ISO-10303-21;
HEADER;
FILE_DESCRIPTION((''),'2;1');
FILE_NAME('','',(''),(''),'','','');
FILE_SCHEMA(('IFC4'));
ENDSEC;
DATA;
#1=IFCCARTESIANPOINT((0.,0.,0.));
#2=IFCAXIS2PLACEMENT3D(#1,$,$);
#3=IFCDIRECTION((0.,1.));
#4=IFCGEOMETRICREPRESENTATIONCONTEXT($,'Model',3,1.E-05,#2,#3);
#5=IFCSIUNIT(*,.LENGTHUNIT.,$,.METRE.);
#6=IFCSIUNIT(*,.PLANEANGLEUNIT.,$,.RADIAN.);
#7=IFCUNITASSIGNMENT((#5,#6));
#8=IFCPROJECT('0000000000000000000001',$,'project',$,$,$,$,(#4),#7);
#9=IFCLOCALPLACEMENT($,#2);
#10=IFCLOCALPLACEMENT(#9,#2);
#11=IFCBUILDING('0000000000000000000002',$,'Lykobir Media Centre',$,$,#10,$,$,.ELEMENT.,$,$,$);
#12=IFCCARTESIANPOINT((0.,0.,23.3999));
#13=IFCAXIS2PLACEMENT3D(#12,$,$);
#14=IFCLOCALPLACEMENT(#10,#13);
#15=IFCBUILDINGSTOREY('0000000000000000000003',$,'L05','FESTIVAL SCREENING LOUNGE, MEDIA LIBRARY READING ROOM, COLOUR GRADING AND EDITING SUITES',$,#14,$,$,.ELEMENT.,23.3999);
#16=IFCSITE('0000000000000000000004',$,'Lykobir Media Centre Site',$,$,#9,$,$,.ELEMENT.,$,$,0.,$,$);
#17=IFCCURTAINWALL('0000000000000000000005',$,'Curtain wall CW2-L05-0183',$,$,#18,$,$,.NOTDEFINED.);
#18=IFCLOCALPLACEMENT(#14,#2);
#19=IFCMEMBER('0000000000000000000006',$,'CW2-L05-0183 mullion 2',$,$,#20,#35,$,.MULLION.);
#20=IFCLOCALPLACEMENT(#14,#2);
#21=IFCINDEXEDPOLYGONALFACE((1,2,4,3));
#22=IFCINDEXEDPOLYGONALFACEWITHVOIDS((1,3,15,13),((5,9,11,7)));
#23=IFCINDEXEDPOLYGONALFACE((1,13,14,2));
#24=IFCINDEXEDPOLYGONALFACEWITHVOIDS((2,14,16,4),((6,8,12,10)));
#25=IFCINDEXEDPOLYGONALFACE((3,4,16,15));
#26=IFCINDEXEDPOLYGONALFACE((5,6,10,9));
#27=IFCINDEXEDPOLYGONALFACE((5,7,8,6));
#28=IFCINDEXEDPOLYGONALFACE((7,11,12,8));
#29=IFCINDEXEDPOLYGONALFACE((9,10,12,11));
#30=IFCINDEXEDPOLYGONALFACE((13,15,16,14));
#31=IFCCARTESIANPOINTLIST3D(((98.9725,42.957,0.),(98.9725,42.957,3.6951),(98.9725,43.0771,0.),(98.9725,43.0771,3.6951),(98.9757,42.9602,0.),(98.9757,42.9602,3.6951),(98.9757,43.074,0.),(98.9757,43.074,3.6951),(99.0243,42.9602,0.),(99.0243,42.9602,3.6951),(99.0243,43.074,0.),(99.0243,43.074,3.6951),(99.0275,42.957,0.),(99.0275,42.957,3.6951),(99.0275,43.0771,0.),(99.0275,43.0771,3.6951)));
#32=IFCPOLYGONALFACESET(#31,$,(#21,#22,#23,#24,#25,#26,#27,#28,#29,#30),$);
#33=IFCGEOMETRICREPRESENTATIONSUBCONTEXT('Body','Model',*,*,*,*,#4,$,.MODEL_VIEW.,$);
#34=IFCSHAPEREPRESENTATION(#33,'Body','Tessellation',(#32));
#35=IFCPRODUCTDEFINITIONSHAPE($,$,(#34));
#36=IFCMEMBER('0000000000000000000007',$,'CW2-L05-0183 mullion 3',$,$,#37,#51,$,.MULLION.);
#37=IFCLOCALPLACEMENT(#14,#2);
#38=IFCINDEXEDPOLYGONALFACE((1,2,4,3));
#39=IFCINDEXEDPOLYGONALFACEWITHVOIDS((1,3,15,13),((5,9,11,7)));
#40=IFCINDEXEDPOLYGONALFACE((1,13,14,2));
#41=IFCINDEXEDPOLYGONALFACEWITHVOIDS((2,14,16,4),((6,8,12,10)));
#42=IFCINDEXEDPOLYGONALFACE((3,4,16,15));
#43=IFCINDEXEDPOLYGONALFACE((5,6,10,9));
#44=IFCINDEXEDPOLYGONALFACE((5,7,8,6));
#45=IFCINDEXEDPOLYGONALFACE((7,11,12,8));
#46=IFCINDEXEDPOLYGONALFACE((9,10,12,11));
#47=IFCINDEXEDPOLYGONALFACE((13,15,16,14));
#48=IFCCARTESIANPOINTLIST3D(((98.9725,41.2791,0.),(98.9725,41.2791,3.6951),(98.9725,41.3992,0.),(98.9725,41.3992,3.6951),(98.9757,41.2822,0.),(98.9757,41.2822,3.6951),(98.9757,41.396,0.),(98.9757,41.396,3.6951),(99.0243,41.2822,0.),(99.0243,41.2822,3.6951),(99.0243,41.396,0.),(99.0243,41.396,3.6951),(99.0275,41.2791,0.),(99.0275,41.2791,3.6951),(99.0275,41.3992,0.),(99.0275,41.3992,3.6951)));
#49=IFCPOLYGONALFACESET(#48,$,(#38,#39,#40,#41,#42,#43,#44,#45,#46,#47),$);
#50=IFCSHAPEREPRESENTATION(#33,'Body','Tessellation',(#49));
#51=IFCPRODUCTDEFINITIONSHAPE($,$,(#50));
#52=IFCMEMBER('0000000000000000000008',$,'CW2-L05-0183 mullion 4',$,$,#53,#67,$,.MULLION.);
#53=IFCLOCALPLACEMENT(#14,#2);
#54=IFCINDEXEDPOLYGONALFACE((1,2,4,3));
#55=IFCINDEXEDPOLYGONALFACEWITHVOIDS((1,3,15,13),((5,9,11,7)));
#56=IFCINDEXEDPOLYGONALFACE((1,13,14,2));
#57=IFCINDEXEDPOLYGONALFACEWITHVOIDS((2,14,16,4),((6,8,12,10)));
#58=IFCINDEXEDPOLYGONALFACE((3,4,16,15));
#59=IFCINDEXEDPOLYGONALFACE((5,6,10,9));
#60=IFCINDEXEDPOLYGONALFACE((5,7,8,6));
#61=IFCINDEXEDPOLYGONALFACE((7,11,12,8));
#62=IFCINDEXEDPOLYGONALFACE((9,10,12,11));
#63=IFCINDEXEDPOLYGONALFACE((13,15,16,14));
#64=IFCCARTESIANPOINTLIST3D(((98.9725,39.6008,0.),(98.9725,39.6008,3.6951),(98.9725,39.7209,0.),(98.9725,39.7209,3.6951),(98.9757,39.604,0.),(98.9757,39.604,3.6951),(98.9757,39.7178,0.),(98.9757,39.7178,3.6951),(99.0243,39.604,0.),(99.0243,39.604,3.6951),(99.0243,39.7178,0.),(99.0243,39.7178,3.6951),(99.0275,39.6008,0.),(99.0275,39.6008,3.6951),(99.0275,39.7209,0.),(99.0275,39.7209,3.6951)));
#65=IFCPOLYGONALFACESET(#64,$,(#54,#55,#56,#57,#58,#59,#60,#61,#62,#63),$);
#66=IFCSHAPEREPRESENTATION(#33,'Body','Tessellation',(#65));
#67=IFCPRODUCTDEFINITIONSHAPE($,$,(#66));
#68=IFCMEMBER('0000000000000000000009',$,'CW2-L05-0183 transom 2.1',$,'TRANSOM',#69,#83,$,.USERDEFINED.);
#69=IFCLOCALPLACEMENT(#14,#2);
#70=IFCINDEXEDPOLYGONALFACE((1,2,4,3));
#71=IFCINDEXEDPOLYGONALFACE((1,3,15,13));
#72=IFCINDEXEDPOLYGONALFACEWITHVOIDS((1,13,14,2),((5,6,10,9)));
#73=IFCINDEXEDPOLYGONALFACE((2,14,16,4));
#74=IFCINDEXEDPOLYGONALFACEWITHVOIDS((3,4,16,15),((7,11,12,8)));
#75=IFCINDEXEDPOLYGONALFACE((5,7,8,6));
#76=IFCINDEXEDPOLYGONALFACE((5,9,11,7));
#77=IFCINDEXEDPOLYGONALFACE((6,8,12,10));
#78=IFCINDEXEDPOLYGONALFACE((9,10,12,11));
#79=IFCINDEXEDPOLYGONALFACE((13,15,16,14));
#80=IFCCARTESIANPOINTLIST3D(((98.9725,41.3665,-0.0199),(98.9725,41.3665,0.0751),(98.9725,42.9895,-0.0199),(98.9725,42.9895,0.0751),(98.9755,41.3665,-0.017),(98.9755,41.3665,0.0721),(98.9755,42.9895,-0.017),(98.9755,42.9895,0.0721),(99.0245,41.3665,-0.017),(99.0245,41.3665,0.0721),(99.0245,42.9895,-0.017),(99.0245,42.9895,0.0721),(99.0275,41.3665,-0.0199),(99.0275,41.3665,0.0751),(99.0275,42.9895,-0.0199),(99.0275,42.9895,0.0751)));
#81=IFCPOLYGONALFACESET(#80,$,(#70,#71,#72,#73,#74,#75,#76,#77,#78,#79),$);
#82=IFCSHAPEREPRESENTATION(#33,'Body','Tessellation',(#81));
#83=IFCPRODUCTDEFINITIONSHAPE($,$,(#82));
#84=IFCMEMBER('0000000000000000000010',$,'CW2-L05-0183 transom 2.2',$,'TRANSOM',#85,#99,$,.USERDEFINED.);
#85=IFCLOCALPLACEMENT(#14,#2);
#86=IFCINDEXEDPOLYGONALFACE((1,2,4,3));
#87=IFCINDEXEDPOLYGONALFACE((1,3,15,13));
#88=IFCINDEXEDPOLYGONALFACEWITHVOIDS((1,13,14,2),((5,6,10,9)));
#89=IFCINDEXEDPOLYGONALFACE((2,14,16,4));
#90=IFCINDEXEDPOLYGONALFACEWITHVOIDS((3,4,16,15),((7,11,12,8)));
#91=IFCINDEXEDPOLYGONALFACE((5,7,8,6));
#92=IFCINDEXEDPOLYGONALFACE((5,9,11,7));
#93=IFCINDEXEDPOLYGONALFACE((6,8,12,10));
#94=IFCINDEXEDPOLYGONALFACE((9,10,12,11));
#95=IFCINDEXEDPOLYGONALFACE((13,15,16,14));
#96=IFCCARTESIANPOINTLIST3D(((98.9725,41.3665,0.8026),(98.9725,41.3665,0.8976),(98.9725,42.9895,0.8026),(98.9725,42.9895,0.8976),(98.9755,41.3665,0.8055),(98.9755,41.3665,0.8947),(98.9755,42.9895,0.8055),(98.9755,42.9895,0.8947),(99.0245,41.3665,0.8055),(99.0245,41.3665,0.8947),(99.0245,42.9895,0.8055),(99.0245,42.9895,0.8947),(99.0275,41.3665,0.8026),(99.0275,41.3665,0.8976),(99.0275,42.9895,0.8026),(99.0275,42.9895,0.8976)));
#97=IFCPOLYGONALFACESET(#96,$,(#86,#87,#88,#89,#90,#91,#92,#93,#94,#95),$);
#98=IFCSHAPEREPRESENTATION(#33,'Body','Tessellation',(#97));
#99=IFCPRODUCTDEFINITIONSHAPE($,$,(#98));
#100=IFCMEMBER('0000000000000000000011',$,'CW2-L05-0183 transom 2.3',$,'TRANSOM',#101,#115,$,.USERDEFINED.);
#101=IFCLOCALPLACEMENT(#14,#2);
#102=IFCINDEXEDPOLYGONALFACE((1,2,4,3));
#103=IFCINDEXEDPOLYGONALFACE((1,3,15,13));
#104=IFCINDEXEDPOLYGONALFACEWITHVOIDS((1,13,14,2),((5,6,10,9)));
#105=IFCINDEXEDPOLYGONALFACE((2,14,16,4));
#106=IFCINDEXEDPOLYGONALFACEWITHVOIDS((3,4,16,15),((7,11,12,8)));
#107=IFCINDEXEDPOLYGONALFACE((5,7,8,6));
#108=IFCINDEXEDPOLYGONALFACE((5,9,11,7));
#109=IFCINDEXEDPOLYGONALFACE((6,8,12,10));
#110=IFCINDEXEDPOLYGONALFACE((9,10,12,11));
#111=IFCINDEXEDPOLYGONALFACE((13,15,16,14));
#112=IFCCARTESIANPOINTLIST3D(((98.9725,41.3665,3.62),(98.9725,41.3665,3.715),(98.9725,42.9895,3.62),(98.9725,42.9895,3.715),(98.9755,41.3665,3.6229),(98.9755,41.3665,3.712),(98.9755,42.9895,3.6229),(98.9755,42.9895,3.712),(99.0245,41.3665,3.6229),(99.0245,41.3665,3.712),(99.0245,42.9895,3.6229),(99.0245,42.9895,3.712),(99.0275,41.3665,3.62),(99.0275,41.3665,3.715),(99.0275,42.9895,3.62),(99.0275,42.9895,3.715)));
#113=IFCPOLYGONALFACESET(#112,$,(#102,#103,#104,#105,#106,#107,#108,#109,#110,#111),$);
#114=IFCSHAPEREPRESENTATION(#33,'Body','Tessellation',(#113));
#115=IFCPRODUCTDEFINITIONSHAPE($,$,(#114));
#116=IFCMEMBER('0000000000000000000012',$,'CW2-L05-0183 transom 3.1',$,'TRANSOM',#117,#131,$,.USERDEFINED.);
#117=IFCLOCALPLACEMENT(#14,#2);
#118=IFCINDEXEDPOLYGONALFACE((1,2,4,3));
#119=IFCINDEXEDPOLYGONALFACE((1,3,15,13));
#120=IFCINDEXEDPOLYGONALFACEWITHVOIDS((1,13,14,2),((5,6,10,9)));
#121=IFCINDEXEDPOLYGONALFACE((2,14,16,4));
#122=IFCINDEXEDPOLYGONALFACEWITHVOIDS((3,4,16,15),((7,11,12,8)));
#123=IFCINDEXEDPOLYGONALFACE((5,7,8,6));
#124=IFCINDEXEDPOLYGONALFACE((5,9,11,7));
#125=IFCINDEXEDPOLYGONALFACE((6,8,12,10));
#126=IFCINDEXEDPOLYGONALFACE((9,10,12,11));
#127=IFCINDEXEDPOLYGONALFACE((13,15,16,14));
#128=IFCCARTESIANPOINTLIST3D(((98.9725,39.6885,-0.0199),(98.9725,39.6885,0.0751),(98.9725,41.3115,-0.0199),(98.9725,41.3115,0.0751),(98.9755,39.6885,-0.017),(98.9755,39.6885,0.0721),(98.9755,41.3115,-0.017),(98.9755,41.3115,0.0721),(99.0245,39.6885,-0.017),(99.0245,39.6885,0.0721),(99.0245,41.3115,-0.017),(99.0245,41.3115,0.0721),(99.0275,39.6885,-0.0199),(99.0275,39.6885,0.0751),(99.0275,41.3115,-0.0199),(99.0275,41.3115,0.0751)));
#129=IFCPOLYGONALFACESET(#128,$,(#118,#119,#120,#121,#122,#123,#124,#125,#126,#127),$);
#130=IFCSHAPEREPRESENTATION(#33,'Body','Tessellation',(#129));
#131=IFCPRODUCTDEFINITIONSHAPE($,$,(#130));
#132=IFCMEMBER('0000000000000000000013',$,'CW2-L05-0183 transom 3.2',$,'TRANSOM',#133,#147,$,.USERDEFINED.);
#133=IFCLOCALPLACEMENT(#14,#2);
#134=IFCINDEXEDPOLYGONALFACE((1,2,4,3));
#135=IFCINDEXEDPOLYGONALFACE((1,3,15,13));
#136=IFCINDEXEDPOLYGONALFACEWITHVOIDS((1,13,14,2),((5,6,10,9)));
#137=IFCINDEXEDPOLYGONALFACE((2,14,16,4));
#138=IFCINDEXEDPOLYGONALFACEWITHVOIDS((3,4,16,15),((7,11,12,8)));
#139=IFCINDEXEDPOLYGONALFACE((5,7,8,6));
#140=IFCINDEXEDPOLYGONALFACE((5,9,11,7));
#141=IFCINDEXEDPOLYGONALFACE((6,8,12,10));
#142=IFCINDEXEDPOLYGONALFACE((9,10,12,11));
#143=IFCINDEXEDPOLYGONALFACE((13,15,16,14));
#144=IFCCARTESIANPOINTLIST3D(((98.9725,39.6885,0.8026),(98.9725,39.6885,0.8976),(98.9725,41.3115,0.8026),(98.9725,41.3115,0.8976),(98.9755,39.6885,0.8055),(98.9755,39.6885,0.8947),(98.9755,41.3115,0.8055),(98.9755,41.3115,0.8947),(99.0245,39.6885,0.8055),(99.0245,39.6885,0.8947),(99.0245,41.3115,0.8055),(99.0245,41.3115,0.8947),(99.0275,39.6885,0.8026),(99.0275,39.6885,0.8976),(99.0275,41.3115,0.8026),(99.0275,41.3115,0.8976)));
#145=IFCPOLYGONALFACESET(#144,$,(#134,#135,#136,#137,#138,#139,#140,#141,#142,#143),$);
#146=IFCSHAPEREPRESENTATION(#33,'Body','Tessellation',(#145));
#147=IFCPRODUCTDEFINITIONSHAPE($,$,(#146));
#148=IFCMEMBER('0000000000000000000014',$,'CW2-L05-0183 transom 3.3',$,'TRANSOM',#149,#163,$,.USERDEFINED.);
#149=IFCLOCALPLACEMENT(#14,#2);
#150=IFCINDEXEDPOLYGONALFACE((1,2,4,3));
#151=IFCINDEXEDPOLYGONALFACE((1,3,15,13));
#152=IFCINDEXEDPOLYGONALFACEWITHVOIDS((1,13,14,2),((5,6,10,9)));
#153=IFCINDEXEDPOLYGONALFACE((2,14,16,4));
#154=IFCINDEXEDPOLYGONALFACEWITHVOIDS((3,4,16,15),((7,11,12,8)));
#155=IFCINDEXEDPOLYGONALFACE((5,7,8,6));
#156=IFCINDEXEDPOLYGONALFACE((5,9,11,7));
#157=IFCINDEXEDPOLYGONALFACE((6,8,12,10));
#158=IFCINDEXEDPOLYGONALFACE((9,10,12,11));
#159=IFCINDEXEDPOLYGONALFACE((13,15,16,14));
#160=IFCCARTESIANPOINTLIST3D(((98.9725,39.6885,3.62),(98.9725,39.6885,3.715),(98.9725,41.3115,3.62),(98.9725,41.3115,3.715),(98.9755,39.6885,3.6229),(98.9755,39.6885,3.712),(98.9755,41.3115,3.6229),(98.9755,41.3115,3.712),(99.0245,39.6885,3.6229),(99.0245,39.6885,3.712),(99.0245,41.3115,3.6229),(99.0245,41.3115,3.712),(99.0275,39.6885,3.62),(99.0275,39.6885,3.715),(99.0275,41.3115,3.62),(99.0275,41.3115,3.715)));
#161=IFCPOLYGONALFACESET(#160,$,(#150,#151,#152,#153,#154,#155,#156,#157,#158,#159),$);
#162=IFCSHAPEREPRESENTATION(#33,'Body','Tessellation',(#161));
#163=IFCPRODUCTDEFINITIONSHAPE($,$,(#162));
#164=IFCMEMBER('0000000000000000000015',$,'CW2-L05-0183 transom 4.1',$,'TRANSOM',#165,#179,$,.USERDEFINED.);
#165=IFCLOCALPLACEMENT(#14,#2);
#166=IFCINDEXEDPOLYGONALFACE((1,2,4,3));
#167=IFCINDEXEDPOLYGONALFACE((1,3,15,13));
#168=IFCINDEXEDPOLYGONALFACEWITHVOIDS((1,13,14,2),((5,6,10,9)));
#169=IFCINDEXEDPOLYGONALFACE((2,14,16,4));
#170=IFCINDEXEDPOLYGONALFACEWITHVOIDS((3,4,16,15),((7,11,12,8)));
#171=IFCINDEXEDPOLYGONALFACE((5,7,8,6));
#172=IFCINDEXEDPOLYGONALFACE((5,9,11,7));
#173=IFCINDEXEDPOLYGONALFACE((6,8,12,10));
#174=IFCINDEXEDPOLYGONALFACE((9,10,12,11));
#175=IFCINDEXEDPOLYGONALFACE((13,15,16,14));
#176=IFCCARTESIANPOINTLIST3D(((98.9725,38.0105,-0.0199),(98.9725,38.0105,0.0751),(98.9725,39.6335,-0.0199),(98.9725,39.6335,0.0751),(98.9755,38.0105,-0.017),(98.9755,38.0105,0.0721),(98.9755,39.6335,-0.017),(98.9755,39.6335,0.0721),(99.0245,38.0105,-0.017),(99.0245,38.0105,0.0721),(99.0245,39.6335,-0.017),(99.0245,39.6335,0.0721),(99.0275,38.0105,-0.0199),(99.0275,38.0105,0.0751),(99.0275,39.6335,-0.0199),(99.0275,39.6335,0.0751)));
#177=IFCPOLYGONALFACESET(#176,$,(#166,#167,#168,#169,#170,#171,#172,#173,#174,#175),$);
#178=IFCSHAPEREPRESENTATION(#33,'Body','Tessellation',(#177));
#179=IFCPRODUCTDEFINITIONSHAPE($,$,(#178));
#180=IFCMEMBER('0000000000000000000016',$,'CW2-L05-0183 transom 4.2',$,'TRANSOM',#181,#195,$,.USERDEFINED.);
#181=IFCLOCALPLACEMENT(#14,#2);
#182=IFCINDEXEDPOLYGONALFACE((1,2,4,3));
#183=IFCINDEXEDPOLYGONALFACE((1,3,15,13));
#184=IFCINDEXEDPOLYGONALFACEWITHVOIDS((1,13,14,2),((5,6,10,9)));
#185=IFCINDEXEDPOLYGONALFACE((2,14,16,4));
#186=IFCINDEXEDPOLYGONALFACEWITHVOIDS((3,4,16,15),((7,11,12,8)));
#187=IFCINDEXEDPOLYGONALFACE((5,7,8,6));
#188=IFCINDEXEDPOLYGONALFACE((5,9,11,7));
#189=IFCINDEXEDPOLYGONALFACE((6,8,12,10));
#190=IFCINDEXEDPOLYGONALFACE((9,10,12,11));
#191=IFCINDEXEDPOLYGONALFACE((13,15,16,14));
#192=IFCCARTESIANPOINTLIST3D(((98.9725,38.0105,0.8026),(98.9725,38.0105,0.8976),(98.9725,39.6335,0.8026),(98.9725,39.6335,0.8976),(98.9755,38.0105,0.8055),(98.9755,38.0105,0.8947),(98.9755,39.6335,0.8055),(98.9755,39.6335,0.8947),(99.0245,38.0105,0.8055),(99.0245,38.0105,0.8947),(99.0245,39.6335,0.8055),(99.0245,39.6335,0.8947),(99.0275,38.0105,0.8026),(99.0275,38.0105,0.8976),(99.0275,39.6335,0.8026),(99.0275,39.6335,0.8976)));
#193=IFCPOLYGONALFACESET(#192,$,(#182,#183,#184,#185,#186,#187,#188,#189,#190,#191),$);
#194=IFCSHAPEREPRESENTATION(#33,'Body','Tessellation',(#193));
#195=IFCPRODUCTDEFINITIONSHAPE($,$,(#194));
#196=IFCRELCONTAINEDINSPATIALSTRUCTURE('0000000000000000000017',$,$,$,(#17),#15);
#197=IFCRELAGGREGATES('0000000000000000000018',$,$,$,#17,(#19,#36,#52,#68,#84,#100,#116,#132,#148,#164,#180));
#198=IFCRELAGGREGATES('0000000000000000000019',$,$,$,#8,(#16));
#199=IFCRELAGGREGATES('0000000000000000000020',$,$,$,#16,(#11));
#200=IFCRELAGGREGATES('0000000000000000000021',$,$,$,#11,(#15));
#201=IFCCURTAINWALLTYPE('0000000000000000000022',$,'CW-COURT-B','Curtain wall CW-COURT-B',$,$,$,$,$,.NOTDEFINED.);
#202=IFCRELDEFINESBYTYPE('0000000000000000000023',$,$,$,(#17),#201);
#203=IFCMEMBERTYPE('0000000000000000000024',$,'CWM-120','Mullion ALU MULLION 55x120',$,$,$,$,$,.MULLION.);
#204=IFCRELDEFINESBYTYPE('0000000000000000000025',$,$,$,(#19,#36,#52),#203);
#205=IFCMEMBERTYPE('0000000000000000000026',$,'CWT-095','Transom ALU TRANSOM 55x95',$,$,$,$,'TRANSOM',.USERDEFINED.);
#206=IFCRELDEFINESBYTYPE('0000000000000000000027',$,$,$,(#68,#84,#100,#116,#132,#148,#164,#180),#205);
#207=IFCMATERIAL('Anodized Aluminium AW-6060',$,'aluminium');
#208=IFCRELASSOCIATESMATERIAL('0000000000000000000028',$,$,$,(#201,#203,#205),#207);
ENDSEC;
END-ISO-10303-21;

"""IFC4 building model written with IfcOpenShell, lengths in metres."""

from ifc_helpers import new_model, si_unit, direction, frame, origin, origin_2d, place, context, subcontext, project, spatial, hollow_rectangle, extrude, material, material_profile, profile_set, type_object, element, aggregate, save


model = new_model("IFC4")

# Units and contexts
model_context = context("Model", 3, precision=1e-05, world=origin(), true_north=direction((0.0, 1.0)))
body_context = subcontext(model_context, "Body", "Model", "MODEL_VIEW")
ifc_project = project(units=[si_unit("LENGTHUNIT", "METRE"), si_unit("PLANEANGLEUNIT", "RADIAN")], contexts=[model_context])

# Site, building, storey
site_placement = place(None, origin())
site = spatial("IfcSite", under=ifc_project, at=site_placement, Name="Lykobir Media Centre Site", CompositionType="ELEMENT", RefElevation=0.0)
building_placement = place(site_placement, origin())
building = spatial("IfcBuilding", under=site, at=building_placement, Name="Lykobir Media Centre", CompositionType="ELEMENT")
storey_placement = place(building_placement, frame((0.0, 0.0, 23.3999)))
storey = spatial("IfcBuildingStorey", under=building, at=storey_placement, Name="L05", Description="FESTIVAL SCREENING LOUNGE, MEDIA LIBRARY READING ROOM, COLOUR GRADING AND EDITING SUITES", CompositionType="ELEMENT", Elevation=23.3999)

# Curtain wall, members
ifc_material_1 = material(Name="Anodized Aluminium AW-6060", Category="aluminium")
curtain_wall_type = type_object("IfcCurtainWallType", Name="CW-COURT-B", Description="Curtain wall CW-COURT-B", PredefinedType="NOTDEFINED", material=ifc_material_1)
curtain_wall_placement = place(storey_placement, origin())
curtain_wall = element("IfcCurtainWall", 1, at=curtain_wall_placement, inside=storey, type_object=curtain_wall_type, Name="Curtain wall CW2-L05-0183", PredefinedType="NOTDEFINED")
ifc_material_profile_1 = material_profile(ifc_material_1, hollow_rectangle(XDim=0.0549, YDim=0.1201, WallThickness=0.0032, at=origin_2d()), Name="ALU MULLION 55x120")
ifc_profile_set_1 = profile_set([ifc_material_profile_1], Name="Anodized Aluminium AW-6060")
member_type_1 = type_object("IfcMemberType", Name="CWM-120", Description="Mullion ALU MULLION 55x120", PredefinedType="MULLION", material=ifc_profile_set_1)
member_1_placement = place(storey_placement, frame((99.0, 43.0171, 0.0), z_axis=(0.0, 0.0, 1.0), x_axis=(1.0, 0.0, 0.0)))
member_1 = element("IfcMember", 2, at=member_1_placement, type_object=member_type_1, Name="CW2-L05-0183 mullion 2", PredefinedType="MULLION", context=body_context, shape_type="SweptSolid", body=[
    extrude(hollow_rectangle(XDim=0.0549, YDim=0.1201, WallThickness=0.0032, at=origin_2d()), origin(), (0.0, 0.0, 1.0), 3.6951),
])
member_2_placement = place(storey_placement, frame((99.0, 41.3391, 0.0), z_axis=(0.0, 0.0, 1.0), x_axis=(1.0, 0.0, 0.0)))
member_2 = element("IfcMember", 3, at=member_2_placement, type_object=member_type_1, Name="CW2-L05-0183 mullion 3", PredefinedType="MULLION", context=body_context, shape_type="SweptSolid", body=[
    extrude(hollow_rectangle(XDim=0.0549, YDim=0.1201, WallThickness=0.0032, at=origin_2d()), origin(), (0.0, 0.0, 1.0), 3.6951),
])
member_3_placement = place(storey_placement, frame((99.0, 39.6609, 0.0), z_axis=(0.0, 0.0, 1.0), x_axis=(1.0, 0.0, 0.0)))
member_3 = element("IfcMember", 4, at=member_3_placement, type_object=member_type_1, Name="CW2-L05-0183 mullion 4", PredefinedType="MULLION", context=body_context, shape_type="SweptSolid", body=[
    extrude(hollow_rectangle(XDim=0.0549, YDim=0.1201, WallThickness=0.0032, at=origin_2d()), origin(), (0.0, 0.0, 1.0), 3.6951),
])
ifc_material_profile_2 = material_profile(ifc_material_1, hollow_rectangle(XDim=0.0549, YDim=0.095, WallThickness=0.0029, at=origin_2d()), Name="ALU TRANSOM 55x95")
ifc_profile_set_2 = profile_set([ifc_material_profile_2], Name="Anodized Aluminium AW-6060")
member_type_2 = type_object("IfcMemberType", Name="CWT-095", Description="Transom ALU TRANSOM 55x95", ElementType="TRANSOM", PredefinedType="USERDEFINED", material=ifc_profile_set_2)
member_4_placement = place(storey_placement, frame((99.0, 42.9895, 0.0276), z_axis=(0.0, -1.0, 0.0), x_axis=(1.0, 0.0, 0.0)))
member_4 = element("IfcMember", 5, at=member_4_placement, type_object=member_type_2, Name="CW2-L05-0183 transom 2.1", ObjectType="TRANSOM", PredefinedType="USERDEFINED", context=body_context, shape_type="SweptSolid", body=[
    extrude(hollow_rectangle(XDim=0.0549, YDim=0.095, WallThickness=0.0029, at=origin_2d()), origin(), (0.0, 0.0, 1.0), 1.623),
])
member_5_placement = place(storey_placement, frame((99.0, 42.9895, 0.8501), z_axis=(0.0, -1.0, 0.0), x_axis=(1.0, 0.0, 0.0)))
member_5 = element("IfcMember", 6, at=member_5_placement, type_object=member_type_2, Name="CW2-L05-0183 transom 2.2", ObjectType="TRANSOM", PredefinedType="USERDEFINED", context=body_context, shape_type="SweptSolid", body=[
    extrude(hollow_rectangle(XDim=0.0549, YDim=0.095, WallThickness=0.0029, at=origin_2d()), origin(), (0.0, 0.0, 1.0), 1.623),
])
member_6_placement = place(storey_placement, frame((99.0, 42.9895, 3.6675), z_axis=(0.0, -1.0, 0.0), x_axis=(1.0, 0.0, 0.0)))
member_6 = element("IfcMember", 7, at=member_6_placement, type_object=member_type_2, Name="CW2-L05-0183 transom 2.3", ObjectType="TRANSOM", PredefinedType="USERDEFINED", context=body_context, shape_type="SweptSolid", body=[
    extrude(hollow_rectangle(XDim=0.0549, YDim=0.095, WallThickness=0.0029, at=origin_2d()), origin(), (0.0, 0.0, 1.0), 1.623),
])
member_7_placement = place(storey_placement, frame((99.0, 41.3115, 0.0276), z_axis=(0.0, -1.0, 0.0), x_axis=(1.0, 0.0, 0.0)))
member_7 = element("IfcMember", 8, at=member_7_placement, type_object=member_type_2, Name="CW2-L05-0183 transom 3.1", ObjectType="TRANSOM", PredefinedType="USERDEFINED", context=body_context, shape_type="SweptSolid", body=[
    extrude(hollow_rectangle(XDim=0.0549, YDim=0.095, WallThickness=0.0029, at=origin_2d()), origin(), (0.0, 0.0, 1.0), 1.623),
])
member_8_placement = place(storey_placement, frame((99.0, 41.3115, 0.8501), z_axis=(0.0, -1.0, 0.0), x_axis=(1.0, 0.0, 0.0)))
member_8 = element("IfcMember", 9, at=member_8_placement, type_object=member_type_2, Name="CW2-L05-0183 transom 3.2", ObjectType="TRANSOM", PredefinedType="USERDEFINED", context=body_context, shape_type="SweptSolid", body=[
    extrude(hollow_rectangle(XDim=0.0549, YDim=0.095, WallThickness=0.0029, at=origin_2d()), origin(), (0.0, 0.0, 1.0), 1.623),
])
member_9_placement = place(storey_placement, frame((99.0, 41.3115, 3.6675), z_axis=(0.0, -1.0, 0.0), x_axis=(1.0, 0.0, 0.0)))
member_9 = element("IfcMember", 10, at=member_9_placement, type_object=member_type_2, Name="CW2-L05-0183 transom 3.3", ObjectType="TRANSOM", PredefinedType="USERDEFINED", context=body_context, shape_type="SweptSolid", body=[
    extrude(hollow_rectangle(XDim=0.0549, YDim=0.095, WallThickness=0.0029, at=origin_2d()), origin(), (0.0, 0.0, 1.0), 1.623),
])
member_10_placement = place(storey_placement, frame((99.0, 39.6335, 0.0276), z_axis=(0.0, -1.0, 0.0), x_axis=(1.0, 0.0, 0.0)))
member_10 = element("IfcMember", 11, at=member_10_placement, type_object=member_type_2, Name="CW2-L05-0183 transom 4.1", ObjectType="TRANSOM", PredefinedType="USERDEFINED", context=body_context, shape_type="SweptSolid", body=[
    extrude(hollow_rectangle(XDim=0.0549, YDim=0.095, WallThickness=0.0029, at=origin_2d()), origin(), (0.0, 0.0, 1.0), 1.623),
])
member_11_placement = place(storey_placement, frame((99.0, 39.6335, 0.8501), z_axis=(0.0, -1.0, 0.0), x_axis=(1.0, 0.0, 0.0)))
member_11 = element("IfcMember", 12, at=member_11_placement, type_object=member_type_2, Name="CW2-L05-0183 transom 4.2", ObjectType="TRANSOM", PredefinedType="USERDEFINED", context=body_context, shape_type="SweptSolid", body=[
    extrude(hollow_rectangle(XDim=0.0549, YDim=0.095, WallThickness=0.0029, at=origin_2d()), origin(), (0.0, 0.0, 1.0), 1.623),
])

aggregate(curtain_wall, [member_1, member_2, member_3, member_4, member_5, member_6, member_7, member_8, member_9, member_10, member_11])

save(model, "model.ifc")
